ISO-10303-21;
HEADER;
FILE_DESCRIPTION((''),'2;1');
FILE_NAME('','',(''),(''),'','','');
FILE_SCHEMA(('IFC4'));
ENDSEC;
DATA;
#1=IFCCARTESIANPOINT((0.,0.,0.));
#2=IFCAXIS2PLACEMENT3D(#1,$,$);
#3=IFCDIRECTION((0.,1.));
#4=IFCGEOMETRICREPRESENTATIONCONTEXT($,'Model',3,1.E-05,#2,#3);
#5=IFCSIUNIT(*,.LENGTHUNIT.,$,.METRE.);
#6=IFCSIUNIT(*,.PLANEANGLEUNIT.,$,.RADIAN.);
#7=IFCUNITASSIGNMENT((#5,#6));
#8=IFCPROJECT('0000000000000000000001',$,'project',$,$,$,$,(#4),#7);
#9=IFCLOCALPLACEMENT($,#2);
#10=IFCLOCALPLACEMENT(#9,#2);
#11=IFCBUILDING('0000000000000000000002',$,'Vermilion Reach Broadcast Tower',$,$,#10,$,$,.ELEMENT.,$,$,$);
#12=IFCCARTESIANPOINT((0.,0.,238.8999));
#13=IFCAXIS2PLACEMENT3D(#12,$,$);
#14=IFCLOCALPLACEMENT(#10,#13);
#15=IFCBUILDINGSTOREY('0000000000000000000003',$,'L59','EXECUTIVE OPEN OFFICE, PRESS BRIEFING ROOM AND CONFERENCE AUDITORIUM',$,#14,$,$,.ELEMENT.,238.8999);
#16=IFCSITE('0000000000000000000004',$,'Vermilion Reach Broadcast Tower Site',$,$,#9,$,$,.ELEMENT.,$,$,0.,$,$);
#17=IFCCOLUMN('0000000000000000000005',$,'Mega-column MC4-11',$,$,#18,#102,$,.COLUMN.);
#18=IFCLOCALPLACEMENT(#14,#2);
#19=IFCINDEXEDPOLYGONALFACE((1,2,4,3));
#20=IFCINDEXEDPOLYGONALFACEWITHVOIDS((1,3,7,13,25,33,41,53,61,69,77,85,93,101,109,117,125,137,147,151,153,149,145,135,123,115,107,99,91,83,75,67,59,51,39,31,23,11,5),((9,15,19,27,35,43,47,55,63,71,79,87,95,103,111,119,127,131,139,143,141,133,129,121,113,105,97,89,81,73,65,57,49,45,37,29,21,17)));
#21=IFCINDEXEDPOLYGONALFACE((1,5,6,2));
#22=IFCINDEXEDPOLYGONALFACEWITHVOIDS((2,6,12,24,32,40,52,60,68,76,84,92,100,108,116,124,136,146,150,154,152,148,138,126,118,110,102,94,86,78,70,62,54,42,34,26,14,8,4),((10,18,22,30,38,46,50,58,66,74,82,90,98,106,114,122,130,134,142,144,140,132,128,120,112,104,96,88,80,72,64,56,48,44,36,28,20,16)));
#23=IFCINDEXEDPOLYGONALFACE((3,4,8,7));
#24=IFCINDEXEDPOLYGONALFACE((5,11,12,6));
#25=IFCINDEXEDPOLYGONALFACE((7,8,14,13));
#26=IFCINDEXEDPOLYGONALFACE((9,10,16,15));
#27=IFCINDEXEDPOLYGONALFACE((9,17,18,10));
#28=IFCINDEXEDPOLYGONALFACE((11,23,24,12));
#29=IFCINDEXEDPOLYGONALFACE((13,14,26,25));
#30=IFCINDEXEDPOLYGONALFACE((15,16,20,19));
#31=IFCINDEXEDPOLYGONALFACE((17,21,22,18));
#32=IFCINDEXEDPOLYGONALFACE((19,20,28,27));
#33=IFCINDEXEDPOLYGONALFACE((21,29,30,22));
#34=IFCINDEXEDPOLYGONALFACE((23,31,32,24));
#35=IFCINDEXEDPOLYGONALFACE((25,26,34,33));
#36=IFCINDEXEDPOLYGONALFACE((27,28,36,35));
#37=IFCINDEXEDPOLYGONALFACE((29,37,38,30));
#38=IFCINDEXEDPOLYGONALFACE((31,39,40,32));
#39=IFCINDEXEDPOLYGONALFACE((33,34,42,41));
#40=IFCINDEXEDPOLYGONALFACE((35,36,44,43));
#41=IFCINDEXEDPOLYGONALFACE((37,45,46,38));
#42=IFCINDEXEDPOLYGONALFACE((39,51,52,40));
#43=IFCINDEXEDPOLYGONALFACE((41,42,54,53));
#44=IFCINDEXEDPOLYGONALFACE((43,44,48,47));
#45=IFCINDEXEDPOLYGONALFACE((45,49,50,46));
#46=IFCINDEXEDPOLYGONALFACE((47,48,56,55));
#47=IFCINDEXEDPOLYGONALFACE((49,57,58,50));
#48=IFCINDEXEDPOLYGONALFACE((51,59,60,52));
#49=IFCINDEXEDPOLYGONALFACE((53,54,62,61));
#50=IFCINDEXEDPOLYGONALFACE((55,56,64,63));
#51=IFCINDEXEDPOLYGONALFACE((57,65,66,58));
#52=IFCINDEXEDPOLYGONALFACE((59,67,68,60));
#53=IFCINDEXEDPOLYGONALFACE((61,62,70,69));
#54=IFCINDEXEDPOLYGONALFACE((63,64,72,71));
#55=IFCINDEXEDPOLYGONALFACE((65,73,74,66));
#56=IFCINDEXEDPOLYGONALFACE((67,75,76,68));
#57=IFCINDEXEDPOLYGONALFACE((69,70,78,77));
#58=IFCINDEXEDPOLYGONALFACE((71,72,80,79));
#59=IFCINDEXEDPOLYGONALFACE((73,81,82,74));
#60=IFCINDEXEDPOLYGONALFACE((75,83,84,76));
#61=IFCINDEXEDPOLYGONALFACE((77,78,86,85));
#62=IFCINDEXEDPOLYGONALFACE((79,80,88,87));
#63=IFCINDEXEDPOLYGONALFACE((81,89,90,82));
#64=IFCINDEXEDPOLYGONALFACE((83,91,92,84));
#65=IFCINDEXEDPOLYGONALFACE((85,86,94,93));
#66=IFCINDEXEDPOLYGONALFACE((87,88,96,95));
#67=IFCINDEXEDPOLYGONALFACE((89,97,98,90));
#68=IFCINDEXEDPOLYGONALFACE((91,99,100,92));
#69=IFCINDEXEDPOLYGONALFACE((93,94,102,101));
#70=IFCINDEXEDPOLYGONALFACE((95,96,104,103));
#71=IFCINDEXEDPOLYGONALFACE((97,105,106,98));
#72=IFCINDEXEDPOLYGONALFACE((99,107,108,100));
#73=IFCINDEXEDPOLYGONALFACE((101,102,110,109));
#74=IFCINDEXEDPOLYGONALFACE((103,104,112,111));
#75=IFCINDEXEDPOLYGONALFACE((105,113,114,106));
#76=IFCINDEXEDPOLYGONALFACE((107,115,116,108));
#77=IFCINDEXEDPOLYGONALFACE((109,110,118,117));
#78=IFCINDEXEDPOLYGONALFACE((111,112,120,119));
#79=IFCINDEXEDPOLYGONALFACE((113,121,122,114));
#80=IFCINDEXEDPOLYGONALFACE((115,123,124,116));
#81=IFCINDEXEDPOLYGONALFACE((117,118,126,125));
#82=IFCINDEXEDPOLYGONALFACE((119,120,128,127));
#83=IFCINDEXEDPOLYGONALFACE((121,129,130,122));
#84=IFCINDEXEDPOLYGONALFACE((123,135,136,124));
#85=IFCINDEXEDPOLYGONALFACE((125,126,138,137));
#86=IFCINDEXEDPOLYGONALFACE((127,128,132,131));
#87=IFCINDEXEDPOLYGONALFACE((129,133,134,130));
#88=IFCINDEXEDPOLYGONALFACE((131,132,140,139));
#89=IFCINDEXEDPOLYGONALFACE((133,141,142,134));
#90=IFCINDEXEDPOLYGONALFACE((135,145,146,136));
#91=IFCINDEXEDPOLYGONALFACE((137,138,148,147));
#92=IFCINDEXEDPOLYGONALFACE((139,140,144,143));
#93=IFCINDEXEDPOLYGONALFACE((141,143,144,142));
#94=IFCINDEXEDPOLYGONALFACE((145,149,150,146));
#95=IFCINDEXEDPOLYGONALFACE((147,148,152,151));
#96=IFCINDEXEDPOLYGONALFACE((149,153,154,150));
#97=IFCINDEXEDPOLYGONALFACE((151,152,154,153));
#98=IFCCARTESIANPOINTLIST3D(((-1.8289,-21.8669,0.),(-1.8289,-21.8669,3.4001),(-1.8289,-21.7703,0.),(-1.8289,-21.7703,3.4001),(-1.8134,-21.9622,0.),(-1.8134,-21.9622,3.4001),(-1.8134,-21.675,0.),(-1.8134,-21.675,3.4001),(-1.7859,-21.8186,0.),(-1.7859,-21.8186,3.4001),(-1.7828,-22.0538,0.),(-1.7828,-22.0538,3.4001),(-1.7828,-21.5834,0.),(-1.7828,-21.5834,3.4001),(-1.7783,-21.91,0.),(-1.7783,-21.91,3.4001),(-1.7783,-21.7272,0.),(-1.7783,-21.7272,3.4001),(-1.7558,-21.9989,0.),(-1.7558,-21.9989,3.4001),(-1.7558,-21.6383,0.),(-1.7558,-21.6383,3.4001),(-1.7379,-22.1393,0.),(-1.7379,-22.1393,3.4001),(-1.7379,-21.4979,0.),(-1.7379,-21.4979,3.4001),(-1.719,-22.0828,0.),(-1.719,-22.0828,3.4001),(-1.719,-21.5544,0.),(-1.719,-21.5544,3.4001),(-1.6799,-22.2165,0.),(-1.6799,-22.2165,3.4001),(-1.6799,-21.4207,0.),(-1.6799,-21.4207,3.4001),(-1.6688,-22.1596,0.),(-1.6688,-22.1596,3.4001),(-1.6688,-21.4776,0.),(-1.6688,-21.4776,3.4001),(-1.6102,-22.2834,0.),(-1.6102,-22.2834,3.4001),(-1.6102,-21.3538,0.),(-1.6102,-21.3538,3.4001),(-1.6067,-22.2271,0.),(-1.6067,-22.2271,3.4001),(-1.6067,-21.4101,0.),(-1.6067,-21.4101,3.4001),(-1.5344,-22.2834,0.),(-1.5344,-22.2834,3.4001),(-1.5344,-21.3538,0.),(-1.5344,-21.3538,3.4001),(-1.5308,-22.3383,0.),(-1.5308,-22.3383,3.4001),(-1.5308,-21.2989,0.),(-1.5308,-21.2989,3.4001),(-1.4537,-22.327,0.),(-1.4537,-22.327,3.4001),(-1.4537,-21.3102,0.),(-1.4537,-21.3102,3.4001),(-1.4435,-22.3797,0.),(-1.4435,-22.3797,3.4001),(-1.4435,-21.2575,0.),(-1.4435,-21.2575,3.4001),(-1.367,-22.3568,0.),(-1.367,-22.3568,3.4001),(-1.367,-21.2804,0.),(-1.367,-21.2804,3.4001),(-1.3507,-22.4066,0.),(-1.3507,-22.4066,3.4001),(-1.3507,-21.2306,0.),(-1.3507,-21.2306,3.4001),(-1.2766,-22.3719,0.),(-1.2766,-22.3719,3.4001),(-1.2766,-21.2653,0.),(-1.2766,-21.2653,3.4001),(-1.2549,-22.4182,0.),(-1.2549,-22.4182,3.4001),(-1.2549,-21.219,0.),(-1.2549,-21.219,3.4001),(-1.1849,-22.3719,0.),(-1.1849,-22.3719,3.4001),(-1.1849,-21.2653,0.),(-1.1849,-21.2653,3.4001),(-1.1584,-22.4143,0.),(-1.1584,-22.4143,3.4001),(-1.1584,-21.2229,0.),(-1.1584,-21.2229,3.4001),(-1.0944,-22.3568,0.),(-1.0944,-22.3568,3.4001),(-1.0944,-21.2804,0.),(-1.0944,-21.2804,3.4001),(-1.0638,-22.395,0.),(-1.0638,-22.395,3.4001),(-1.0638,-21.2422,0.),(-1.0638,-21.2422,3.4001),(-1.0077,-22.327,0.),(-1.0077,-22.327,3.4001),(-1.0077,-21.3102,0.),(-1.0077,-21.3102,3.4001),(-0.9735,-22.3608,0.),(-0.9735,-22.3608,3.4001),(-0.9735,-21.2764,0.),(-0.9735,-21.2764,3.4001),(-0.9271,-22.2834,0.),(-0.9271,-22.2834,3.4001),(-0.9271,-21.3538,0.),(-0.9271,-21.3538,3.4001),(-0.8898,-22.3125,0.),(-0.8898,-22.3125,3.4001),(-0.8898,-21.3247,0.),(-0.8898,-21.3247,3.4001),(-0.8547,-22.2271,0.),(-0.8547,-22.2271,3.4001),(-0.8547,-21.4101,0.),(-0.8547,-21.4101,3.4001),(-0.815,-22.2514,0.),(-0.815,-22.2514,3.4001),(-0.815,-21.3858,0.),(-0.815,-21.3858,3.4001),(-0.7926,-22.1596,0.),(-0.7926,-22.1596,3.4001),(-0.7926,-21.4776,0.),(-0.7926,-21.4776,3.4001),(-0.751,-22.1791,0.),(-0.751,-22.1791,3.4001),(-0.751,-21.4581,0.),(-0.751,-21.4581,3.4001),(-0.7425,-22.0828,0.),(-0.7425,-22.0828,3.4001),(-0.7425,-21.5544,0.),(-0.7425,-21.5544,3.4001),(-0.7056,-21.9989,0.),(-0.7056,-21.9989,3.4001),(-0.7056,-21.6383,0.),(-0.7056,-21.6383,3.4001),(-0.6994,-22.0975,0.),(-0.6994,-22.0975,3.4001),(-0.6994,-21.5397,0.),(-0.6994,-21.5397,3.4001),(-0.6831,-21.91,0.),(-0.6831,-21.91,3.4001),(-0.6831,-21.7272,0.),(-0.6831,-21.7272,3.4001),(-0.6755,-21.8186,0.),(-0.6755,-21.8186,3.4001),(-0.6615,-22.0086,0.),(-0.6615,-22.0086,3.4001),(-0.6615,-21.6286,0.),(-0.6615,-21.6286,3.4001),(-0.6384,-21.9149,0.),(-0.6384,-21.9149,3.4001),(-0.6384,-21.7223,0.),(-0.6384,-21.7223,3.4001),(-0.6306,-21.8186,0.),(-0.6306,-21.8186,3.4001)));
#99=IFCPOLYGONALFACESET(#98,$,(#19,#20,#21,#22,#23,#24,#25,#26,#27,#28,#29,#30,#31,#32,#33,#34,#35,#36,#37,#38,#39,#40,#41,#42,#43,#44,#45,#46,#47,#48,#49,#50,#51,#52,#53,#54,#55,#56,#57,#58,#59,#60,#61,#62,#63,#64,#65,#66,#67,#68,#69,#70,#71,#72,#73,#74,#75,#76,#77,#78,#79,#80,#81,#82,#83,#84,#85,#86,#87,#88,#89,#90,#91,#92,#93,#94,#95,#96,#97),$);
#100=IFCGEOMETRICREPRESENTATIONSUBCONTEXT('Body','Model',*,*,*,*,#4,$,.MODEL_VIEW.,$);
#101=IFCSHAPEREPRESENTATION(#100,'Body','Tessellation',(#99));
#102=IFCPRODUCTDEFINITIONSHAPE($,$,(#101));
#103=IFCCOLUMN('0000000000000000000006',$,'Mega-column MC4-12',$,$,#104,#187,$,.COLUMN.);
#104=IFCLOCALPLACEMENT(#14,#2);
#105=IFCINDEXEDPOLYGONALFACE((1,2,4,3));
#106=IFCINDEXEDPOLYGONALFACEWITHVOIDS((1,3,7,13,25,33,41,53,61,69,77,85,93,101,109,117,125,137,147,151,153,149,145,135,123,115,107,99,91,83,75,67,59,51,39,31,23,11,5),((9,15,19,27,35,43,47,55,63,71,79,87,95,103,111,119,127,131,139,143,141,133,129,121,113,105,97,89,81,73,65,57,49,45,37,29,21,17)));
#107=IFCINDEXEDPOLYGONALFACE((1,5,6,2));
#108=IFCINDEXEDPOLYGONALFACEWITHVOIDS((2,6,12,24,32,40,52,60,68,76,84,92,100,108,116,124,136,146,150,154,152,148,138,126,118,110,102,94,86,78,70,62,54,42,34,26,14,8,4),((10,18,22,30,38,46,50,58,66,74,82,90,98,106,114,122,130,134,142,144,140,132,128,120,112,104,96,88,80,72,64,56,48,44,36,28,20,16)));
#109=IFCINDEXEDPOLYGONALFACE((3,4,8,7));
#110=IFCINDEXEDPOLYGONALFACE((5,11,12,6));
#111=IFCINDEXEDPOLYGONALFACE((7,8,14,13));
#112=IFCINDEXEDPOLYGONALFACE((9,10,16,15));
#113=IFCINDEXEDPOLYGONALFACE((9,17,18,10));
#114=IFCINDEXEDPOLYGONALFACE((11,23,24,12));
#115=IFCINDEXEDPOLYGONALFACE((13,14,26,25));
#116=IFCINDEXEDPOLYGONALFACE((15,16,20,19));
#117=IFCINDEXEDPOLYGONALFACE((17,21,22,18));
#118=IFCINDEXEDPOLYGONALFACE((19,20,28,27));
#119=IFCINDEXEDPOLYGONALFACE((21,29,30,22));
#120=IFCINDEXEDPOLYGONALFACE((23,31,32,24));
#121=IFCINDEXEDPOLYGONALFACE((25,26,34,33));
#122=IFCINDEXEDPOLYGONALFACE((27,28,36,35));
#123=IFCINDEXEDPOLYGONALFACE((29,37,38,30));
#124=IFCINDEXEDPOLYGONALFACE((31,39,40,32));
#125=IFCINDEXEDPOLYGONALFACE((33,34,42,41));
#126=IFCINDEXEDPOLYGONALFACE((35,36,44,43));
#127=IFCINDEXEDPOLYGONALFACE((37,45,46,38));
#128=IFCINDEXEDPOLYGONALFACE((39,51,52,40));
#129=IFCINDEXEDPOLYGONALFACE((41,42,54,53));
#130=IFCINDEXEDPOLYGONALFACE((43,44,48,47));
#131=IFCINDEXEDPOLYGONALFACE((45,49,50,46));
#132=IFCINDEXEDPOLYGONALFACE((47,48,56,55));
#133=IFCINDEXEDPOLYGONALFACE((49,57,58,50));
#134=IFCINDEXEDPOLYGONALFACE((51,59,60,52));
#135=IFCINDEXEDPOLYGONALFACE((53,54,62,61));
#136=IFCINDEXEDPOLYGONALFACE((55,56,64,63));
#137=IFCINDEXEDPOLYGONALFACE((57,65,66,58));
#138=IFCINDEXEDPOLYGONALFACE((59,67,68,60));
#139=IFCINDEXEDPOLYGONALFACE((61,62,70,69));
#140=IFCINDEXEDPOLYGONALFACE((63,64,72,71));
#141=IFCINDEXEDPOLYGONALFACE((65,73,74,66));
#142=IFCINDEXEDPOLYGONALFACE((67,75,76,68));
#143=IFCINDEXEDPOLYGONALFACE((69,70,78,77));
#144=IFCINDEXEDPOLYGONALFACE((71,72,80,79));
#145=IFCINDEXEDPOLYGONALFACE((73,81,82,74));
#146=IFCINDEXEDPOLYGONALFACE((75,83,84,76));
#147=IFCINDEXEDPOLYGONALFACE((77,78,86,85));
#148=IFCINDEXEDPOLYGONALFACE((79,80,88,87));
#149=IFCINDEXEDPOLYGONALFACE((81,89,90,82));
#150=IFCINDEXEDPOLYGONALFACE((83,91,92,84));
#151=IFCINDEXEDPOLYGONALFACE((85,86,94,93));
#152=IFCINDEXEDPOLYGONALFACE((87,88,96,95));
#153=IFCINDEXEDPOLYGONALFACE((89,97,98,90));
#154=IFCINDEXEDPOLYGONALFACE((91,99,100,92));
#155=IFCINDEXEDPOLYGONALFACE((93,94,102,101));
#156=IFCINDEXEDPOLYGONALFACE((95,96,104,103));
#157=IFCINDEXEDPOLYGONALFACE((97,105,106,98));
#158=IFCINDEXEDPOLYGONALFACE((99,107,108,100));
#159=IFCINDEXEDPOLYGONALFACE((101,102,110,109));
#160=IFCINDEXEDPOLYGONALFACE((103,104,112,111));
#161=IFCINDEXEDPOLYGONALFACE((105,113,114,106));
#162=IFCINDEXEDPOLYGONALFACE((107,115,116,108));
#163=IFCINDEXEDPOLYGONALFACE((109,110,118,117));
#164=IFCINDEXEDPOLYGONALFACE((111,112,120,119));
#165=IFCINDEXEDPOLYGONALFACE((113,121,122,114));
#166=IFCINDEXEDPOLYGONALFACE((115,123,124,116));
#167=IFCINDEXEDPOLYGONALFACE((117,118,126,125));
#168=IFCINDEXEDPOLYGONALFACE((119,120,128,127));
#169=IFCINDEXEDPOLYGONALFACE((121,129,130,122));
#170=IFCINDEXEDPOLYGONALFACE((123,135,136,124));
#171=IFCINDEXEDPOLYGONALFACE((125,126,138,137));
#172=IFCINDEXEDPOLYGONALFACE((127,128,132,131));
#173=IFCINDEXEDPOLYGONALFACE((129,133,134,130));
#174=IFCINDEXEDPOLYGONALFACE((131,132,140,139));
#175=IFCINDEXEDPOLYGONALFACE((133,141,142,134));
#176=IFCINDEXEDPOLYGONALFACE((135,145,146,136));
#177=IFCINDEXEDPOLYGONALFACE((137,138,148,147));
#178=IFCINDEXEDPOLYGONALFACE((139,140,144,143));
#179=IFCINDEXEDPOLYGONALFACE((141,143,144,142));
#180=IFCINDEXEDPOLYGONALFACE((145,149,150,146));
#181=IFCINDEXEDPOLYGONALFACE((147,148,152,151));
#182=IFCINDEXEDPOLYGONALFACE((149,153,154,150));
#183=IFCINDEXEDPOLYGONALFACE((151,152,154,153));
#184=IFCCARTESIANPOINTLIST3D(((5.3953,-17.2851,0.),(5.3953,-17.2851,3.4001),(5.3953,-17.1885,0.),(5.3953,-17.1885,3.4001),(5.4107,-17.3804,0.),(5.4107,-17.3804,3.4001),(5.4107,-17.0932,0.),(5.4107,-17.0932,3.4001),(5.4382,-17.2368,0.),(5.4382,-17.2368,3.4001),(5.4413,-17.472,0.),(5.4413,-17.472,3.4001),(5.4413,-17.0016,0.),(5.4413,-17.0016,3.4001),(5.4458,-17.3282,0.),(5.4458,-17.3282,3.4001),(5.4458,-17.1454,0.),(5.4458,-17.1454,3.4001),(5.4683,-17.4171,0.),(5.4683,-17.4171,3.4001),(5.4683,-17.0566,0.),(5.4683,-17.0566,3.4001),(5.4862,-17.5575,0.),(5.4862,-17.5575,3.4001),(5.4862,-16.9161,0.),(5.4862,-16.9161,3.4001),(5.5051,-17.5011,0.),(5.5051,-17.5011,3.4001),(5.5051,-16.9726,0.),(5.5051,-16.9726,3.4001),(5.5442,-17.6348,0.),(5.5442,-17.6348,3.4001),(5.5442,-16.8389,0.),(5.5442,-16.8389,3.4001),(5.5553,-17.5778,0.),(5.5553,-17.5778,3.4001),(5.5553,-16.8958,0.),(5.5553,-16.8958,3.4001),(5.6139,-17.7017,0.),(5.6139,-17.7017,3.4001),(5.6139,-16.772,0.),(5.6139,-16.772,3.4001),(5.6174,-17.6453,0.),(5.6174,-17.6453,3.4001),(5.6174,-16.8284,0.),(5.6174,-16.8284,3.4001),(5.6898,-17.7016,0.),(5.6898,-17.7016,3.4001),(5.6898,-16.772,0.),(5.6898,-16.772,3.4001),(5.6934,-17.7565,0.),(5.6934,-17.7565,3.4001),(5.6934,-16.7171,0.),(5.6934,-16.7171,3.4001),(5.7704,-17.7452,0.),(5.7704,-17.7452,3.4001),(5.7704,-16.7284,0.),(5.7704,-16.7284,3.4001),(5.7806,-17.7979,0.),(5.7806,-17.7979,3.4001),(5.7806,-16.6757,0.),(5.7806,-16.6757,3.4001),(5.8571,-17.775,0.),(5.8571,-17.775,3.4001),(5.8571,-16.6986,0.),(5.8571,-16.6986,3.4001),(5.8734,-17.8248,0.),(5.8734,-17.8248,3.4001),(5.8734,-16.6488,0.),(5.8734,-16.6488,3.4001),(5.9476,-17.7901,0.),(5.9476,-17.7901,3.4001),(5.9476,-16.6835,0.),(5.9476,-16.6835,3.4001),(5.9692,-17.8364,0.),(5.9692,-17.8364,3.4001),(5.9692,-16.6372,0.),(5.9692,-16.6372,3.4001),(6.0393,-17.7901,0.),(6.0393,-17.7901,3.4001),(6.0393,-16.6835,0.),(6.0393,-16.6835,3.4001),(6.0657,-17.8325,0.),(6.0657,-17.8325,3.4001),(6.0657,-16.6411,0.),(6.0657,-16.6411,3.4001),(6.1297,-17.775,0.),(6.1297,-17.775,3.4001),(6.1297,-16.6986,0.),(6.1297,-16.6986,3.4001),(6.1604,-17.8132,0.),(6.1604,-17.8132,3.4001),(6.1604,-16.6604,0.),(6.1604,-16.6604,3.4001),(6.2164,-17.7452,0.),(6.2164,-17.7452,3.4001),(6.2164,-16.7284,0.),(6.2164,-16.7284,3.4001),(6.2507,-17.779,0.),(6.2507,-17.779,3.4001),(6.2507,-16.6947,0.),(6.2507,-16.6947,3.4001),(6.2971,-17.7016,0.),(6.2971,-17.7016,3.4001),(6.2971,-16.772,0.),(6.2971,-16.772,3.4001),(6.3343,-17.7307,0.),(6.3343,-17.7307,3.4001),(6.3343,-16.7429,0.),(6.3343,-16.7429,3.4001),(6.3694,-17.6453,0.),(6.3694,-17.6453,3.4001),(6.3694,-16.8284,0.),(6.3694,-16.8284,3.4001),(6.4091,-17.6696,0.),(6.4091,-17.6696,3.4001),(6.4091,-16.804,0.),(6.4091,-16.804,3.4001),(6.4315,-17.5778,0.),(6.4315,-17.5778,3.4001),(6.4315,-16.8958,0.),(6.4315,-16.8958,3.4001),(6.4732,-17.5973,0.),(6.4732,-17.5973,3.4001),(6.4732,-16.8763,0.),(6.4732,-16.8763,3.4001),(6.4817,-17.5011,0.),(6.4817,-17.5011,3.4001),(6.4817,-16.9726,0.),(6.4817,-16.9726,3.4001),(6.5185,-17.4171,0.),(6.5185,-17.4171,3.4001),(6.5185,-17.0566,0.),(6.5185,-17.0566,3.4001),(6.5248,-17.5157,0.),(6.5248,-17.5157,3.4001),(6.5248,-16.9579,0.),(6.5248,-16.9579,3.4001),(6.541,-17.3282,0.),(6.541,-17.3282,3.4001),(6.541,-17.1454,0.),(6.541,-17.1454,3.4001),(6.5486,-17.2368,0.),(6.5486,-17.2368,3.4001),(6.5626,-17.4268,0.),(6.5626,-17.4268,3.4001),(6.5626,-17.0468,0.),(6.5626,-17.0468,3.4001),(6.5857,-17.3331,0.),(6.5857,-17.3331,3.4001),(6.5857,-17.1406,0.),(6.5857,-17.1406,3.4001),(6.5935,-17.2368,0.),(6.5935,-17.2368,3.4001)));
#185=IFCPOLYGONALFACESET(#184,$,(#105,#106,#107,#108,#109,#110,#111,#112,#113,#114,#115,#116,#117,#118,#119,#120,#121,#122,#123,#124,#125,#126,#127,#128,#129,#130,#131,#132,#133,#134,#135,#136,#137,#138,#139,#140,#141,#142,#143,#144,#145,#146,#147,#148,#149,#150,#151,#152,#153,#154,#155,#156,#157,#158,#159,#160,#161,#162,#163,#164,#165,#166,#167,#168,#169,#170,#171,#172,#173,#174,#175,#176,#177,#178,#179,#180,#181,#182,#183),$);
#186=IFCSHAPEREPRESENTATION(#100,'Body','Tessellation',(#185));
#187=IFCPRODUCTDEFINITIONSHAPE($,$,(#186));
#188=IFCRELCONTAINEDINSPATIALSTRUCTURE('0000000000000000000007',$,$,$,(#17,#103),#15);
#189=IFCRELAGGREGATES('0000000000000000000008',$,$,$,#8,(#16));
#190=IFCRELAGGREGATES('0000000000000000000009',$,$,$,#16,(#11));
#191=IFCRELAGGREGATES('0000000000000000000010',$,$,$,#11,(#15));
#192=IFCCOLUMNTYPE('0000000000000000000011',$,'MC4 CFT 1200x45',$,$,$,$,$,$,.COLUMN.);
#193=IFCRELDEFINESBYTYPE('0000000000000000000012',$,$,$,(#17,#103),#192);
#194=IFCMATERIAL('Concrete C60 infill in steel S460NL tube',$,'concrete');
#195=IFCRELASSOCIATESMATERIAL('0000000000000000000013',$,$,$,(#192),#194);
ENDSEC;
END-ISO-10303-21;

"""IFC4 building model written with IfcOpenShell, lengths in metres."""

from ifc_helpers import new_model, si_unit, direction, frame, origin, origin_2d, place, context, subcontext, project, spatial, hollow_circle, extrude, material, material_profile, profile_set, type_object, element, save


model = new_model("IFC4")

# Units and contexts
model_context = context("Model", 3, precision=1e-05, world=origin(), true_north=direction((0.0, 1.0)))
body_context = subcontext(model_context, "Body", "Model", "MODEL_VIEW")
ifc_project = project(units=[si_unit("LENGTHUNIT", "METRE"), si_unit("PLANEANGLEUNIT", "RADIAN")], contexts=[model_context])

# Site, building, storey
site_placement = place(None, origin())
site = spatial("IfcSite", under=ifc_project, at=site_placement, Name="Vermilion Reach Broadcast Tower Site", CompositionType="ELEMENT", RefElevation=0.0)
building_placement = place(site_placement, origin())
building = spatial("IfcBuilding", under=site, at=building_placement, Name="Vermilion Reach Broadcast Tower", CompositionType="ELEMENT")
storey_placement = place(building_placement, frame((0.0, 0.0, 238.8999)))
storey = spatial("IfcBuildingStorey", under=building, at=storey_placement, Name="L59", Description="EXECUTIVE OPEN OFFICE, PRESS BRIEFING ROOM AND CONFERENCE AUDITORIUM", CompositionType="ELEMENT", Elevation=238.8999)

# Columns
ifc_material_1 = material(Name="Concrete C60 infill in steel S460NL tube", Category="concrete")
ifc_material_profile_1 = material_profile(ifc_material_1, hollow_circle(Radius=0.6001, WallThickness=0.0449, at=origin_2d()), Name="Concrete C60 infill in steel S460NL tube CFT 1200x45")
ifc_profile_set_1 = profile_set([ifc_material_profile_1], Name="Concrete C60 infill in steel S460NL tube")
column_type = type_object("IfcColumnType", Name="MC4 CFT 1200x45", PredefinedType="COLUMN", material=ifc_profile_set_1)
for number, where, z_axis, x_axis, name in (
    (1, (-1.2307, -21.8186, 0.0), (0.0, 0.0, 1.0), (1.0, 0.0, 0.0), "Mega-column MC4-11"),
    (2, (5.9934, -17.2368, 0.0), (0.0, 0.0, 1.0), (1.0, 0.0, 0.0), "Mega-column MC4-12"),
):
    element("IfcColumn", number, at=place(storey_placement, frame(where, z_axis=z_axis, x_axis=x_axis)), inside=storey, type_object=column_type, Name=name, PredefinedType="COLUMN", context=body_context, shape_type="SweptSolid", body=[
        extrude(hollow_circle(Radius=0.6001, WallThickness=0.0449, at=origin_2d()), origin(), (0.0, 0.0, 1.0), 3.4001),
    ])

save(model, "model.ifc")
